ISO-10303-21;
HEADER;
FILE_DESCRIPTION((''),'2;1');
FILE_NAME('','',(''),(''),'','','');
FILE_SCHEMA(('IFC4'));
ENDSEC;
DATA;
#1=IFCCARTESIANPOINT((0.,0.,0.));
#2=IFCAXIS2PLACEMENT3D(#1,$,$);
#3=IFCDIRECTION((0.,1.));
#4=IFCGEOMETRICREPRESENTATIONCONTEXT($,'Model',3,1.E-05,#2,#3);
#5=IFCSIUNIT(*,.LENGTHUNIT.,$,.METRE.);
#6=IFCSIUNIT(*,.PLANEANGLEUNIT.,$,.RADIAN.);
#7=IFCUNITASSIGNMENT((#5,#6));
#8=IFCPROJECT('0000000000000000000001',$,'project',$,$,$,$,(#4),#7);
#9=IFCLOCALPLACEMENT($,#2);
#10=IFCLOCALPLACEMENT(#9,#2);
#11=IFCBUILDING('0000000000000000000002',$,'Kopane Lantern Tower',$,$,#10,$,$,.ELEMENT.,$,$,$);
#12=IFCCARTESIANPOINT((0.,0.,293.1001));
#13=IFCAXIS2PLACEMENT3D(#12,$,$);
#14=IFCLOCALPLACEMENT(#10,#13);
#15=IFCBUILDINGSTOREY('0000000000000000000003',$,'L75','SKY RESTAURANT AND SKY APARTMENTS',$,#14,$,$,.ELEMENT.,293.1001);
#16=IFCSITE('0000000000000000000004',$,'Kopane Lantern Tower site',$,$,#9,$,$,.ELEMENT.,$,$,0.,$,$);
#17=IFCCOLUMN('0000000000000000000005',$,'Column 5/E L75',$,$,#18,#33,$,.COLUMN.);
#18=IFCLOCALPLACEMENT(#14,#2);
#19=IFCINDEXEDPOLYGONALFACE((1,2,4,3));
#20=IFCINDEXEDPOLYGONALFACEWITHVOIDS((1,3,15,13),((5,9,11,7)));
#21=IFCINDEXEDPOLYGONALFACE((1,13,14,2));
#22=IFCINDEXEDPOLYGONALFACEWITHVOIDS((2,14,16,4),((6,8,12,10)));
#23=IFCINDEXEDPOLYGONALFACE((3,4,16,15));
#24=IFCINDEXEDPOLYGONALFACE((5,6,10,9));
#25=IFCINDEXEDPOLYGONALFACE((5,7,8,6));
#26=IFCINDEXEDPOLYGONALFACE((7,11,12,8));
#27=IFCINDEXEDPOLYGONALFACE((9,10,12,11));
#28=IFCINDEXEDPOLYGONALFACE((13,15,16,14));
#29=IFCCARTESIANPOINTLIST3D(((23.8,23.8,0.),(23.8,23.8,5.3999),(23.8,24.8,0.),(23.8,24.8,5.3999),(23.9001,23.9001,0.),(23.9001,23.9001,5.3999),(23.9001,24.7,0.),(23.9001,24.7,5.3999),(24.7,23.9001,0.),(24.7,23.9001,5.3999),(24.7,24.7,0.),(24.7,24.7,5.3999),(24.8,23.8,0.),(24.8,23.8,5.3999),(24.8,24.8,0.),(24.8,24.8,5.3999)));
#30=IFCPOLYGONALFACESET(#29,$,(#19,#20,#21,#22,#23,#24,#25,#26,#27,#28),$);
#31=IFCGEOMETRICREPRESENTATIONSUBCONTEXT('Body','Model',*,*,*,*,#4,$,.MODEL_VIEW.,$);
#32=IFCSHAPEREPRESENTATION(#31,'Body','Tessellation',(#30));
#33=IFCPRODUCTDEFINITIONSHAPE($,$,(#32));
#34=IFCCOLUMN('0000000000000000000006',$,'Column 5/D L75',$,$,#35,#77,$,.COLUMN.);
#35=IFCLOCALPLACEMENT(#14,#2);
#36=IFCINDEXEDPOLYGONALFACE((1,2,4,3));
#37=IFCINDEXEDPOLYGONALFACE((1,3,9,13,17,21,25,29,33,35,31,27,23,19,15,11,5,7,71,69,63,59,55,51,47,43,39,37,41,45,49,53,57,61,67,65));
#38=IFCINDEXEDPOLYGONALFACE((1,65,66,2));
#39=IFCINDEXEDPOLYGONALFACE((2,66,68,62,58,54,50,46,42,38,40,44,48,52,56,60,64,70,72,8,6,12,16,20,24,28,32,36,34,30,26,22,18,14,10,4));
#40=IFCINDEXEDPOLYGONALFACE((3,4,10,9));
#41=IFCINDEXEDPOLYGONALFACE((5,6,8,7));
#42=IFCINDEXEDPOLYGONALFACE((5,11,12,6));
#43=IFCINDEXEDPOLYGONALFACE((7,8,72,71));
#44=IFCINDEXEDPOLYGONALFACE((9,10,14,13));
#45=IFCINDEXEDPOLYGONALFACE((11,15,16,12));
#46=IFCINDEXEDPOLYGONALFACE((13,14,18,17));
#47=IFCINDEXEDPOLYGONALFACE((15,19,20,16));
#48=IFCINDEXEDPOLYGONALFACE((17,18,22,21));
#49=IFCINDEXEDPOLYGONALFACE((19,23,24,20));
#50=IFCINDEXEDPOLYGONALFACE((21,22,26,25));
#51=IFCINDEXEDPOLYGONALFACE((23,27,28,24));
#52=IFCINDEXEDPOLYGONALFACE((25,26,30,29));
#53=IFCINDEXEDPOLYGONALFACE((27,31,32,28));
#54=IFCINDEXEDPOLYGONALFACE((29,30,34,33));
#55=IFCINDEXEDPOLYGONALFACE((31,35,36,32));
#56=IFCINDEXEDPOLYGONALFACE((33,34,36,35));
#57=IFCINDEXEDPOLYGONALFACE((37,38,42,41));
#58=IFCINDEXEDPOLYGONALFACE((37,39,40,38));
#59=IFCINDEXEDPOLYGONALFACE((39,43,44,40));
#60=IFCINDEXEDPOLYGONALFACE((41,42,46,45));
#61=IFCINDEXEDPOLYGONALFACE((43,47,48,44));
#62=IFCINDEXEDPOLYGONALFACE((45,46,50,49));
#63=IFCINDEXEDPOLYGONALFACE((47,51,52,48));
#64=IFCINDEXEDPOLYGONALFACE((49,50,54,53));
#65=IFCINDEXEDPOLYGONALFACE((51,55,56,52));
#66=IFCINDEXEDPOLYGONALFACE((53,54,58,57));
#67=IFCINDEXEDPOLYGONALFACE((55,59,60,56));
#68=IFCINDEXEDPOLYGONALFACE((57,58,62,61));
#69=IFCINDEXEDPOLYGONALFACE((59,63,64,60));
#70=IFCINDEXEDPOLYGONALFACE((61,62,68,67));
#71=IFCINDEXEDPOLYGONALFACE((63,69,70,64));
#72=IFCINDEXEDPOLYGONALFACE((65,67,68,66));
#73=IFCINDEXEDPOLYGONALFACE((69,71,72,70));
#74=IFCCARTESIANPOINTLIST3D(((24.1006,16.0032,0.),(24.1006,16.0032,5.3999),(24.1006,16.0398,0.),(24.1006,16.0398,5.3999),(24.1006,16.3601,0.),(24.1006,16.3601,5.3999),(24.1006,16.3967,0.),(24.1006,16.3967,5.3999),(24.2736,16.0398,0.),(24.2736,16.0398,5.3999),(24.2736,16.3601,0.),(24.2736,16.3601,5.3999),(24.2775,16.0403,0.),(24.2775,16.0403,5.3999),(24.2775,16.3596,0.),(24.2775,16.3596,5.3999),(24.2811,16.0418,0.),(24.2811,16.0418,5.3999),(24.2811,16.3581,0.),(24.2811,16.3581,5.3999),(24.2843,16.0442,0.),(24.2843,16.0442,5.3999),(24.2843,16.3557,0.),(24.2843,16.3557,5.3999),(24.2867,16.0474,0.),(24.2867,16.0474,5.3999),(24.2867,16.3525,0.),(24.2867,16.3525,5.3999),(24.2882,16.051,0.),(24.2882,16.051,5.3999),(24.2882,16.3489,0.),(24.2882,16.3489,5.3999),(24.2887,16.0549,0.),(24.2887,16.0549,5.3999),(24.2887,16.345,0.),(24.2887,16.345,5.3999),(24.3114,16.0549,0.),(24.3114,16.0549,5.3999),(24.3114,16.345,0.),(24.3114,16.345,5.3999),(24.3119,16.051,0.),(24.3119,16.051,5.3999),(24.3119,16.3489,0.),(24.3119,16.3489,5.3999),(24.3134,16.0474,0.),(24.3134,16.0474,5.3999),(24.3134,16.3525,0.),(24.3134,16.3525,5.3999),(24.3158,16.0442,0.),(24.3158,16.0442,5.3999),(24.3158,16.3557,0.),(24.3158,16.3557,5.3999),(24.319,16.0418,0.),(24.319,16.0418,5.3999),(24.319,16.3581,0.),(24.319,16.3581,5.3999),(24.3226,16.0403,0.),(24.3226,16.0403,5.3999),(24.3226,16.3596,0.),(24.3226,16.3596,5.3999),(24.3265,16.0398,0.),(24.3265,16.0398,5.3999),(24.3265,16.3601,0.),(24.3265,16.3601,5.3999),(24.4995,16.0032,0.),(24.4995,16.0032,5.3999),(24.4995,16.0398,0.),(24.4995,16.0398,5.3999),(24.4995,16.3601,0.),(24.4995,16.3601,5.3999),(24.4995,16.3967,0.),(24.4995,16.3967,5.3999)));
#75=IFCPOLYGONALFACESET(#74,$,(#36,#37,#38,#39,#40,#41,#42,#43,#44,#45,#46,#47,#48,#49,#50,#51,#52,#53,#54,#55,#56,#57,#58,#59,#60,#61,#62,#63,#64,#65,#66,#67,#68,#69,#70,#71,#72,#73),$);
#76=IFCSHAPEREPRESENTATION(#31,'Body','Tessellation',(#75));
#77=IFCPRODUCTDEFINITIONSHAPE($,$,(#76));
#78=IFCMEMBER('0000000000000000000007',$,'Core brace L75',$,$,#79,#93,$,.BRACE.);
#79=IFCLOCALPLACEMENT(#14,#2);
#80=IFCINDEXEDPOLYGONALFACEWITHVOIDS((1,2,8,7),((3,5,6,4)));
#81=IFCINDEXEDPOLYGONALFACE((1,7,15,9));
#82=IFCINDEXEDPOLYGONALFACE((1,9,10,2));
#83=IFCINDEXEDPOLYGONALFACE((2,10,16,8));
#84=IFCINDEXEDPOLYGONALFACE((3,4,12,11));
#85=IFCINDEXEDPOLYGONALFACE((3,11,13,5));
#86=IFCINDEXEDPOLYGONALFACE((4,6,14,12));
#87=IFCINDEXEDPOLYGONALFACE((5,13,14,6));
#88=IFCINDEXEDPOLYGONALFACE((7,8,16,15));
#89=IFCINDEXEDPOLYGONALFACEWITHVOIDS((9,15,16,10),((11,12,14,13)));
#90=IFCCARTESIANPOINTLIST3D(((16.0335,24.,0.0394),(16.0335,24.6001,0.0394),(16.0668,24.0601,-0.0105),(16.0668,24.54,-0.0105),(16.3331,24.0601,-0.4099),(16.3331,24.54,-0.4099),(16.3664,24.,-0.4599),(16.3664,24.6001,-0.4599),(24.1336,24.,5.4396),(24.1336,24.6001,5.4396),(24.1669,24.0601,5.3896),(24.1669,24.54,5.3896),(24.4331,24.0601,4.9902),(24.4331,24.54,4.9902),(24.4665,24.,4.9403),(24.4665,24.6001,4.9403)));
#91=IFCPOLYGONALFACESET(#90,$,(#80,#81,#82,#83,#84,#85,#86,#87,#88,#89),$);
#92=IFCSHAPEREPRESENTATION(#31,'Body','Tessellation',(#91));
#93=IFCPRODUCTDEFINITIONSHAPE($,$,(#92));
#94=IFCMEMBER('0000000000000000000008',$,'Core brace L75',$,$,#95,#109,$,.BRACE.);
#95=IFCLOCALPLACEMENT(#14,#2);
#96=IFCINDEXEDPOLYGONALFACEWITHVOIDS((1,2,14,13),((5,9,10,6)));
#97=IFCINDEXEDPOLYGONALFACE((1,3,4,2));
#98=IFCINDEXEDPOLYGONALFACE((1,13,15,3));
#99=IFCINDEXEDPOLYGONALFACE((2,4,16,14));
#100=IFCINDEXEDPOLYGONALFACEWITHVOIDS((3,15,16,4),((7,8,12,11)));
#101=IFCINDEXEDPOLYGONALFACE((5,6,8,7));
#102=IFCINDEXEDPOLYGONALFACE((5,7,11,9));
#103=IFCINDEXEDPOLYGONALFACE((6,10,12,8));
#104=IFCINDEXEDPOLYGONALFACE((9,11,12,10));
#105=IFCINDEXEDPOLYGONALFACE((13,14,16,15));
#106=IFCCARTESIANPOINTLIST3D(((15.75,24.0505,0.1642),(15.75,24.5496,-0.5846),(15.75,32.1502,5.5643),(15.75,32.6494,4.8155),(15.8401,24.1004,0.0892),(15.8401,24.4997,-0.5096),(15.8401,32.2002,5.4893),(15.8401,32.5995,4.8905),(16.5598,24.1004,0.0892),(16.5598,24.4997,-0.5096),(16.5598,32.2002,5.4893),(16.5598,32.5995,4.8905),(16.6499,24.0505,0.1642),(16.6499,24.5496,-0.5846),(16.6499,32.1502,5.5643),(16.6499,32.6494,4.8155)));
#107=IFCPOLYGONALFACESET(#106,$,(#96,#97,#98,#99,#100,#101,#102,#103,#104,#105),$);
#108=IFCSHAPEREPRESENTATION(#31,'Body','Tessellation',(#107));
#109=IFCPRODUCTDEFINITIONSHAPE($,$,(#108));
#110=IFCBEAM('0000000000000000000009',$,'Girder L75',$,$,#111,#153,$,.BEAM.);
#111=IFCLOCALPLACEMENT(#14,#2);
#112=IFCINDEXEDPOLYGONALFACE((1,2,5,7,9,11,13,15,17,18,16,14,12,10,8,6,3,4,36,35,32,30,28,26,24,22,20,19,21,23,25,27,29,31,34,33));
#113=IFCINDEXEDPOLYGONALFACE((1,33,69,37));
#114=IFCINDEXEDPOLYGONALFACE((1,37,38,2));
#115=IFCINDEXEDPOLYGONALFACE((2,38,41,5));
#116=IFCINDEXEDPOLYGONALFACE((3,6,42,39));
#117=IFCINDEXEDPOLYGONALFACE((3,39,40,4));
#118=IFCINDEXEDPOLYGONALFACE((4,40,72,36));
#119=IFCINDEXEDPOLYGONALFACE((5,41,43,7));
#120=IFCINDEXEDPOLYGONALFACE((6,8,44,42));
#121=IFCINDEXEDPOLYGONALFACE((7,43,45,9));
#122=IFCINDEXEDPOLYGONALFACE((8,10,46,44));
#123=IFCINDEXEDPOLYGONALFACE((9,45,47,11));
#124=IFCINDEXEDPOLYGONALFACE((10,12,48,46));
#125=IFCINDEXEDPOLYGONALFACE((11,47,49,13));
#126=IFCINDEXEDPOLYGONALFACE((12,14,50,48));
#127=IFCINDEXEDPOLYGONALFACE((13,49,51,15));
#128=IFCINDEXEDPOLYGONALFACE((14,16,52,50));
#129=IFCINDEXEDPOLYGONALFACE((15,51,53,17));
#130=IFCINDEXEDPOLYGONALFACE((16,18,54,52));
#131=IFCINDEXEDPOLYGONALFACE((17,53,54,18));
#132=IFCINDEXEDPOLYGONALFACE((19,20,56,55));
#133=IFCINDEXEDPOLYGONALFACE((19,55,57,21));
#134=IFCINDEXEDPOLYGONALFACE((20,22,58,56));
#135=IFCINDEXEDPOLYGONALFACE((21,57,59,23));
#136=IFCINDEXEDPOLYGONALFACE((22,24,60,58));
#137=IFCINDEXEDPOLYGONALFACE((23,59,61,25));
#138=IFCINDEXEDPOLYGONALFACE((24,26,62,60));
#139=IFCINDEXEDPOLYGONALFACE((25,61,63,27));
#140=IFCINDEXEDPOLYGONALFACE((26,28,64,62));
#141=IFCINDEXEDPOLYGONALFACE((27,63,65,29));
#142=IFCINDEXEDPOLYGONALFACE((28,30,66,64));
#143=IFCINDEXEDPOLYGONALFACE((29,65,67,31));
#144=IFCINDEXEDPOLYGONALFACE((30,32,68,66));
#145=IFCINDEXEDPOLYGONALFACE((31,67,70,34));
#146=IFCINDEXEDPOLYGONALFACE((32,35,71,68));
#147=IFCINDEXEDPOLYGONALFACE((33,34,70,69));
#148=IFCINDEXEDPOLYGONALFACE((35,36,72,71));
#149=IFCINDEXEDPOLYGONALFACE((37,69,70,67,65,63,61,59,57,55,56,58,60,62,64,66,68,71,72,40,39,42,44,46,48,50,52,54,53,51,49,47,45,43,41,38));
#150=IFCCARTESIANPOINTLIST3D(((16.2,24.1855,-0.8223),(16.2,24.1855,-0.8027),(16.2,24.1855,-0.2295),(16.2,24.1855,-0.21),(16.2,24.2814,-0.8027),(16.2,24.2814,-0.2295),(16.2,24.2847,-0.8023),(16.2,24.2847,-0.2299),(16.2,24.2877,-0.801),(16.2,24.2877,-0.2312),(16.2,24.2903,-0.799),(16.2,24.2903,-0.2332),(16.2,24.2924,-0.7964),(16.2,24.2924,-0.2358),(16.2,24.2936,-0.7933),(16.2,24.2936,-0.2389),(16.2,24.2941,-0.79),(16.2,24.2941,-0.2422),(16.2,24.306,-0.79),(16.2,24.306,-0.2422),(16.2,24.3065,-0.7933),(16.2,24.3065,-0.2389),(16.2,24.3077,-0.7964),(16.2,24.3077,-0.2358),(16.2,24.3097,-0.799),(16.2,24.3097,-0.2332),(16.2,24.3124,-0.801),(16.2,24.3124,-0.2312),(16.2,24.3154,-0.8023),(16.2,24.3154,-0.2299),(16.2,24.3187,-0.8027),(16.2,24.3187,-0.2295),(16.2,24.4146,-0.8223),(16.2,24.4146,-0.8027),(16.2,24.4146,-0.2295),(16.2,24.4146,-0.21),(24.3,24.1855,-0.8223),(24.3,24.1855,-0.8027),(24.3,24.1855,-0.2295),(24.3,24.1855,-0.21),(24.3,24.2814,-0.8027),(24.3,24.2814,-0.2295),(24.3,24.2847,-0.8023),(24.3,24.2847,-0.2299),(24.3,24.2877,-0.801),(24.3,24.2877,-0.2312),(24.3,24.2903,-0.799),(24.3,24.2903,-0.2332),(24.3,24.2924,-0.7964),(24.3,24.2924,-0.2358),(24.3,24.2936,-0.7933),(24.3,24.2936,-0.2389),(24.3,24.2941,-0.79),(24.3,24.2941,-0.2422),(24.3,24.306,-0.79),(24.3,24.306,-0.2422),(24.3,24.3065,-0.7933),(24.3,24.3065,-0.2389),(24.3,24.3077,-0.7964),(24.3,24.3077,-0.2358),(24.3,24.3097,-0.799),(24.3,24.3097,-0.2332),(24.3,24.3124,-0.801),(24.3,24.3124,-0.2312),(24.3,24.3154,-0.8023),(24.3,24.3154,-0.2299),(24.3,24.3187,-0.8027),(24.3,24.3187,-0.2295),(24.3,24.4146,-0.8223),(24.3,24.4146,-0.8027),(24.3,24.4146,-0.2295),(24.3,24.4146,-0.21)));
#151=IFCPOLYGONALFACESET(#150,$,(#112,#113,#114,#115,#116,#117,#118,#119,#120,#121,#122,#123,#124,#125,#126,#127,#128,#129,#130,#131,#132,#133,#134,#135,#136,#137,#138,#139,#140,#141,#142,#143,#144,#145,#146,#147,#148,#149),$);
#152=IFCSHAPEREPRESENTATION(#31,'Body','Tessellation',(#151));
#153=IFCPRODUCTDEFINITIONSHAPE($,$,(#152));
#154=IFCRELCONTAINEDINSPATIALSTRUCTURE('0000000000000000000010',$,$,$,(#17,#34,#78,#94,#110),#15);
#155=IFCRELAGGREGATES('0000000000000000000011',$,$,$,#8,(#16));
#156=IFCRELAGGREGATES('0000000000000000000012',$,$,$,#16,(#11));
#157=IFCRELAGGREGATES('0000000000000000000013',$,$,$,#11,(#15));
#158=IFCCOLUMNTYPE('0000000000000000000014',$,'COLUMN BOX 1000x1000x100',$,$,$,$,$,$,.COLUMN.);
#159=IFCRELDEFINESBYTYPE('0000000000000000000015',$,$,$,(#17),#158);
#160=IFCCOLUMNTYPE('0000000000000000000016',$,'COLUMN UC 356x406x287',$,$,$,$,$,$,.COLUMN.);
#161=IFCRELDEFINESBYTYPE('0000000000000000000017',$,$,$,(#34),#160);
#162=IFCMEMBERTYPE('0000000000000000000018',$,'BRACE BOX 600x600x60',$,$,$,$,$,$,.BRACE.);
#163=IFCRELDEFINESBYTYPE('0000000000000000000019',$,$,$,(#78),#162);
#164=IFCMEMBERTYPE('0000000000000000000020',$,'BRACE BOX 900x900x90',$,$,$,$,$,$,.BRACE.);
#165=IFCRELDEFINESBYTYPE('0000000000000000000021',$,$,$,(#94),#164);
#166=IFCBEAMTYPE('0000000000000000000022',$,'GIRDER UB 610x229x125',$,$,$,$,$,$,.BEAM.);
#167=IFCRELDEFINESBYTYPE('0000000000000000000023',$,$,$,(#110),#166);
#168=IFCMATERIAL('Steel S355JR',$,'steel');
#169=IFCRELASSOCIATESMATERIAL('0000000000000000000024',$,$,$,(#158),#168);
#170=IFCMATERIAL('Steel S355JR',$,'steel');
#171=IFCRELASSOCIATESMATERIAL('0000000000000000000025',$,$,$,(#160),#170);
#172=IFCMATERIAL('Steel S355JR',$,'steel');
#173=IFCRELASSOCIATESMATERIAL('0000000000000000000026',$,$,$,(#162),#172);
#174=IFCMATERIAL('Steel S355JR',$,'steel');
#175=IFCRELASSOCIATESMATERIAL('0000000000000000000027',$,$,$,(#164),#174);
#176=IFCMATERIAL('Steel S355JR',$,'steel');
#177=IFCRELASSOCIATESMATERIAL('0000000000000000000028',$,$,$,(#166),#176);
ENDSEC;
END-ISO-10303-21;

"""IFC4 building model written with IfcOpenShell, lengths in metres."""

from ifc_helpers import new_model, si_unit, direction, frame, origin, origin_2d, place, context, subcontext, project, spatial, hollow_rectangle, i_section, extrude, material, material_profile, profile_set, type_object, element, save


model = new_model("IFC4")

# Units and contexts
model_context = context("Model", 3, precision=1e-05, world=origin(), true_north=direction((0.0, 1.0)))
body_context = subcontext(model_context, "Body", "Model", "MODEL_VIEW")
ifc_project = project(units=[si_unit("LENGTHUNIT", "METRE"), si_unit("PLANEANGLEUNIT", "RADIAN")], contexts=[model_context])

# Site, building, storey
site_placement = place(None, origin())
site = spatial("IfcSite", under=ifc_project, at=site_placement, Name="Kopane Lantern Tower site", CompositionType="ELEMENT", RefElevation=0.0)
building_placement = place(site_placement, origin())
building = spatial("IfcBuilding", under=site, at=building_placement, Name="Kopane Lantern Tower", CompositionType="ELEMENT")
storey_placement = place(building_placement, frame((0.0, 0.0, 293.1001)))
storey = spatial("IfcBuildingStorey", under=building, at=storey_placement, Name="L75", Description="SKY RESTAURANT AND SKY APARTMENTS", CompositionType="ELEMENT", Elevation=293.1001)

# Columns
ifc_material_1 = material(Name="Steel S355JR", Category="steel")
ifc_material_profile_1 = material_profile(ifc_material_1, hollow_rectangle(XDim=1.0, YDim=1.0, WallThickness=0.1001, at=origin_2d()), Name="BOX 1000x1000x100")
ifc_profile_set_1 = profile_set([ifc_material_profile_1], Name="Steel S355JR")
column_type_1 = type_object("IfcColumnType", Name="COLUMN BOX 1000x1000x100", PredefinedType="COLUMN", material=ifc_profile_set_1)
column_1_placement = place(storey_placement, frame((24.3, 24.3, 0.0), z_axis=(0.0, 0.0, 1.0), x_axis=(1.0, 0.0, 0.0)))
element("IfcColumn", 1, at=column_1_placement, inside=storey, type_object=column_type_1, Name="Column 5/E L75", PredefinedType="COLUMN", context=body_context, shape_type="SweptSolid", body=[
    extrude(hollow_rectangle(XDim=1.0, YDim=1.0, WallThickness=0.1001, at=origin_2d()), origin(), (0.0, 0.0, 1.0), 5.3999),
])
ifc_material_2 = material(Name="Steel S355JR", Category="steel")
ifc_material_profile_2 = material_profile(ifc_material_2, i_section(OverallWidth=0.3989, OverallDepth=0.3936, WebThickness=0.0227, FlangeThickness=0.0366, FilletRadius=0.0151, at=origin_2d()), Name="UC 356x406x287")
ifc_profile_set_2 = profile_set([ifc_material_profile_2], Name="Steel S355JR")
column_type_2 = type_object("IfcColumnType", Name="COLUMN UC 356x406x287", PredefinedType="COLUMN", material=ifc_profile_set_2)
column_2_placement = place(storey_placement, frame((24.3, 16.2, 0.0), z_axis=(0.0, 0.0, 1.0), x_axis=(1.0, 0.0, 0.0)))
element("IfcColumn", 2, at=column_2_placement, inside=storey, type_object=column_type_2, Name="Column 5/D L75", PredefinedType="COLUMN", context=body_context, shape_type="SweptSolid", body=[
    extrude(i_section(OverallWidth=0.3989, OverallDepth=0.3936, WebThickness=0.0227, FlangeThickness=0.0366, FilletRadius=0.0151, at=origin_2d()), origin(), (0.0, 0.0, 1.0), 5.3999),
])

# Members
ifc_material_3 = material(Name="Steel S355JR", Category="steel")
ifc_material_profile_3 = material_profile(ifc_material_3, hollow_rectangle(XDim=0.6001, YDim=0.6001, WallThickness=0.0601, at=origin_2d()), Name="BOX 600x600x60")
ifc_profile_set_3 = profile_set([ifc_material_profile_3], Name="Steel S355JR")
member_type_1 = type_object("IfcMemberType", Name="BRACE BOX 600x600x60", PredefinedType="BRACE", material=ifc_profile_set_3)
member_1_placement = place(storey_placement, frame((16.2, 24.3, -0.2102), z_axis=(0.832046, 0.0, 0.554706), x_axis=(0.0, 1.0, 0.0)))
element("IfcMember", 3, at=member_1_placement, inside=storey, type_object=member_type_1, Name="Core brace L75", PredefinedType="BRACE", context=body_context, shape_type="SweptSolid", body=[
    extrude(hollow_rectangle(XDim=0.6001, YDim=0.6001, WallThickness=0.0601, at=origin_2d()), origin(), (0.0, 0.0, 1.0), 9.7351),
])
ifc_material_4 = material(Name="Steel S355JR", Category="steel")
ifc_material_profile_4 = material_profile(ifc_material_4, hollow_rectangle(XDim=0.8999, YDim=0.8999, WallThickness=0.0901, at=origin_2d()), Name="BOX 900x900x90")
ifc_profile_set_4 = profile_set([ifc_material_profile_4], Name="Steel S355JR")
member_type_2 = type_object("IfcMemberType", Name="BRACE BOX 900x900x90", PredefinedType="BRACE", material=ifc_profile_set_4)
member_2_placement = place(storey_placement, frame((16.2, 24.3, -0.2102), z_axis=(0.0, 0.832039, 0.554718), x_axis=(-1.0, 0.0, 0.0)))
element("IfcMember", 4, at=member_2_placement, inside=storey, type_object=member_type_2, Name="Core brace L75", PredefinedType="BRACE", context=body_context, shape_type="SweptSolid", body=[
    extrude(hollow_rectangle(XDim=0.8999, YDim=0.8999, WallThickness=0.0901, at=origin_2d()), origin(), (0.0, 0.0, 1.0), 9.7349),
])

# Beam
ifc_material_5 = material(Name="Steel S355JR", Category="steel")
ifc_material_profile_5 = material_profile(ifc_material_5, i_section(OverallWidth=0.229, OverallDepth=0.6123, WebThickness=0.012, FlangeThickness=0.0195, FilletRadius=0.0127, at=origin_2d()), Name="UB 610x229x125")
ifc_profile_set_5 = profile_set([ifc_material_profile_5], Name="Steel S355JR")
beam_type = type_object("IfcBeamType", Name="GIRDER UB 610x229x125", PredefinedType="BEAM", material=ifc_profile_set_5)
for number, where, z_axis, x_axis, name in (
    (5, (16.2, 24.3, -0.5161), (1.0, 0.0, 0.0), (0.0, 1.0, 0.0), "Girder L75"),
):
    element("IfcBeam", number, at=place(storey_placement, frame(where, z_axis=z_axis, x_axis=x_axis)), inside=storey, type_object=beam_type, Name=name, PredefinedType="BEAM", context=body_context, shape_type="SweptSolid", body=[
        extrude(i_section(OverallWidth=0.229, OverallDepth=0.6123, WebThickness=0.012, FlangeThickness=0.0195, FilletRadius=0.0127, at=origin_2d()), origin(), (0.0, 0.0, 1.0), 8.1001),
    ])

save(model, "model.ifc")
